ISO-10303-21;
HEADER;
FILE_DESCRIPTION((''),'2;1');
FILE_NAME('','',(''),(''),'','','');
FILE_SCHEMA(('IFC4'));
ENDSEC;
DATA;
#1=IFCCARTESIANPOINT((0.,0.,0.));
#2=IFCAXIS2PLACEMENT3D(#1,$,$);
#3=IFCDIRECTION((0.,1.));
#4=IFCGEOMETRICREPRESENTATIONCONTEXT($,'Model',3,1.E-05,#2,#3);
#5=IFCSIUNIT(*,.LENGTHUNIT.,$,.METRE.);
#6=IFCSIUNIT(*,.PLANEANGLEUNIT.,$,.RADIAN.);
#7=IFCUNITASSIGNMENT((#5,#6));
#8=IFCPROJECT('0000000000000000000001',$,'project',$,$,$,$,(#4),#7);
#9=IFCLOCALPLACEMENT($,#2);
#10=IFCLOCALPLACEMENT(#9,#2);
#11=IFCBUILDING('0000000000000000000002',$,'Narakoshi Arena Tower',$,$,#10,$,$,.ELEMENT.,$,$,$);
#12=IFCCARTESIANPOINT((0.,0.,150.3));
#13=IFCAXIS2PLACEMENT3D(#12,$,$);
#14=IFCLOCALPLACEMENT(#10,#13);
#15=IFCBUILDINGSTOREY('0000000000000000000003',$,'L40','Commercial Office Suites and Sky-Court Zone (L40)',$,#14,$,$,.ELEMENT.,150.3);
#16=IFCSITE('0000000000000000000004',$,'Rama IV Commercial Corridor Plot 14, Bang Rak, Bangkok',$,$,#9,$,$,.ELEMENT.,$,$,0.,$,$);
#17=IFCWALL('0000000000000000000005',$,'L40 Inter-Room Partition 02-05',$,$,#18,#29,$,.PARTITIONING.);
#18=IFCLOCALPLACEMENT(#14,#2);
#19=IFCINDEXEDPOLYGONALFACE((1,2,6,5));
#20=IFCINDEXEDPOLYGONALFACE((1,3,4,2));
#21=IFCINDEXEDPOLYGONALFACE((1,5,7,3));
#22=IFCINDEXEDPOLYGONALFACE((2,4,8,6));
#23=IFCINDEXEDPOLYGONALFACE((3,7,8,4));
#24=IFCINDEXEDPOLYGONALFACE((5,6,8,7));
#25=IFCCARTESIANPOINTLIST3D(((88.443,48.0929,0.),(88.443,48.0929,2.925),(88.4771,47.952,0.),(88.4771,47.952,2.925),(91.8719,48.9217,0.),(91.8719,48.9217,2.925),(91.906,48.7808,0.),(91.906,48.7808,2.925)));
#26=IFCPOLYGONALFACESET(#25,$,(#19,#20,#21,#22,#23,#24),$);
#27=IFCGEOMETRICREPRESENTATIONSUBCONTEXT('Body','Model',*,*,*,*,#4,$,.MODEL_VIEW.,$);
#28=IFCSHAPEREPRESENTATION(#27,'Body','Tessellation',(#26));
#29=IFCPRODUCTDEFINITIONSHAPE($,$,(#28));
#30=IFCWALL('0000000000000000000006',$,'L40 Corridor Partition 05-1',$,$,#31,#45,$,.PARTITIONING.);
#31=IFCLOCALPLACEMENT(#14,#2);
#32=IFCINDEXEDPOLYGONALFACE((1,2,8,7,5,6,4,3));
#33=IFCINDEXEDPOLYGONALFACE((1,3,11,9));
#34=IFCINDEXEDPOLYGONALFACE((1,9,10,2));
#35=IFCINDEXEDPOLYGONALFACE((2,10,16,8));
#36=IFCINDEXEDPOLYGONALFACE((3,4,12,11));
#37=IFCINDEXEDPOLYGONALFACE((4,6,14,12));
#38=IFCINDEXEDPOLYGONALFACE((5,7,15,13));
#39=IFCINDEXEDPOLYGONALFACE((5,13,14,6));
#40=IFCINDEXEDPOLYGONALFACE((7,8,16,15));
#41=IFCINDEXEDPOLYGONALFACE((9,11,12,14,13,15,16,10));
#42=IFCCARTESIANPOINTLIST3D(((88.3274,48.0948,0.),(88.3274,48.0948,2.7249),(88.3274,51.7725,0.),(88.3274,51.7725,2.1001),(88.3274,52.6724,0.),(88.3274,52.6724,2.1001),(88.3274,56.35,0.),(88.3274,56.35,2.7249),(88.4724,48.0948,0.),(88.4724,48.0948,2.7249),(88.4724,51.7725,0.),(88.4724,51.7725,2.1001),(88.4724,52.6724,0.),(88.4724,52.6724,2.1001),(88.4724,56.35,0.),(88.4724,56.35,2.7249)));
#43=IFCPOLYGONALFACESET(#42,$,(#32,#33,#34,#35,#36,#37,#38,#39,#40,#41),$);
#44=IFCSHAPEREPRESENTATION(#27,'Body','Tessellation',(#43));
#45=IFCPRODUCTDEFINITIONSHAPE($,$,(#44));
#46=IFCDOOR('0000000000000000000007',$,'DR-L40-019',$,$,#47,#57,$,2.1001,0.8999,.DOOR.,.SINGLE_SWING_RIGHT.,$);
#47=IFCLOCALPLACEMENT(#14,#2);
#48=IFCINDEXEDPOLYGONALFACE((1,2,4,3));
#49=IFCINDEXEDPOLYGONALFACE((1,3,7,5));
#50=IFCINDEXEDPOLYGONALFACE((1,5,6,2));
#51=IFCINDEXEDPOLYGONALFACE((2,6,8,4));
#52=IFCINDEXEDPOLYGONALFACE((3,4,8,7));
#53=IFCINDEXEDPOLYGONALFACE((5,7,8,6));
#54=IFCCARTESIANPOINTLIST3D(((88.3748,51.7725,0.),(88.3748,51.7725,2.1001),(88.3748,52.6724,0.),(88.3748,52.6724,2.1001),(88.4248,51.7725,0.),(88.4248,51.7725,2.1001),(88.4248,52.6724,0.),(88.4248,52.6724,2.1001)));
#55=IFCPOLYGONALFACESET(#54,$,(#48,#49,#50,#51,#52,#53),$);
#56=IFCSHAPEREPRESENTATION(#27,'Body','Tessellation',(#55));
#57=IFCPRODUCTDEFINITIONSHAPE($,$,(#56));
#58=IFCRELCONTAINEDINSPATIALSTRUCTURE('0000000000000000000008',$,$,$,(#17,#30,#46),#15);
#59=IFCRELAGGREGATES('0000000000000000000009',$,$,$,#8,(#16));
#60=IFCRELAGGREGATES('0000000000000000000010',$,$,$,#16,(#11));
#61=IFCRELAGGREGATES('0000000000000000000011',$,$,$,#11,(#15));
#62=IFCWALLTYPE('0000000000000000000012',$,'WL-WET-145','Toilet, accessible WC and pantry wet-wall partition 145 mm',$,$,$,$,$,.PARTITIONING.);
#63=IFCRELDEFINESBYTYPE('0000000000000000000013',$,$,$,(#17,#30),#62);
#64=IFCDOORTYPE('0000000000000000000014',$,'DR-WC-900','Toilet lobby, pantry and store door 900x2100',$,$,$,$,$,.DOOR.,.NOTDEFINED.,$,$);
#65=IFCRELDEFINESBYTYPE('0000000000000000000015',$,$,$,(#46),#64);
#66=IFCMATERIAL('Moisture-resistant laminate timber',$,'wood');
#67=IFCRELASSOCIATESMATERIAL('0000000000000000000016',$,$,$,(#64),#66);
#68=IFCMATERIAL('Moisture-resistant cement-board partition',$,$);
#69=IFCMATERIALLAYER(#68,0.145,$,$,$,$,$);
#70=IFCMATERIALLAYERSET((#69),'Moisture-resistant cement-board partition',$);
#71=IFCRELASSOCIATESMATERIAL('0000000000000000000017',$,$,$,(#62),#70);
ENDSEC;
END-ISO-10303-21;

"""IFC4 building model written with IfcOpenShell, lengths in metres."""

from ifc_helpers import new_model, si_unit, direction, frame, frame_2d, origin, place, context, subcontext, project, spatial, rectangle, extrude, material, layer, layer_set, type_object, element, fill, save


model = new_model("IFC4")

# Units and contexts
model_context = context("Model", 3, precision=1e-05, world=origin(), true_north=direction((0.0, 1.0)))
body_context = subcontext(model_context, "Body", "Model", "MODEL_VIEW")
ifc_project = project(units=[si_unit("LENGTHUNIT", "METRE"), si_unit("PLANEANGLEUNIT", "RADIAN")], contexts=[model_context])

# Site, building, storey
site_placement = place(None, origin())
site = spatial("IfcSite", under=ifc_project, at=site_placement, Name="Rama IV Commercial Corridor Plot 14, Bang Rak, Bangkok", CompositionType="ELEMENT", RefElevation=0.0)
building_placement = place(site_placement, origin())
building = spatial("IfcBuilding", under=site, at=building_placement, Name="Narakoshi Arena Tower", CompositionType="ELEMENT")
storey_placement = place(building_placement, frame((0.0, 0.0, 150.3)))
storey = spatial("IfcBuildingStorey", under=building, at=storey_placement, Name="L40", Description="Commercial Office Suites and Sky-Court Zone (L40)", CompositionType="ELEMENT", Elevation=150.3)

# Shared definitions
ifc_material_1 = material(Name="Moisture-resistant laminate timber", Category="wood")
door_type_1 = type_object("IfcDoorType", Name="DR-WC-900", Description="Toilet lobby, pantry and store door 900x2100", OperationType="NOTDEFINED", PredefinedType="DOOR", material=ifc_material_1)

# Wall
ifc_material_2 = material(Name="Moisture-resistant cement-board partition")
ifc_layer_1 = layer(ifc_material_2, 0.145)
ifc_layer_set_1 = layer_set([ifc_layer_1], Name="Moisture-resistant cement-board partition")
wall_type_1 = type_object("IfcWallType", Name="WL-WET-145", Description="Toilet, accessible WC and pantry wet-wall partition 145 mm", PredefinedType="PARTITIONING", material=ifc_layer_set_1)
wall_1_placement = place(storey_placement, frame((88.4602, 48.0225, 0.0), z_axis=(0.0, 0.0, 1.0), x_axis=(0.972006, 0.234956, 0.0)))
element("IfcWall", 1, at=wall_1_placement, inside=storey, type_object=wall_type_1, Name="L40 Inter-Room Partition 02-05", PredefinedType="PARTITIONING", context=body_context, shape_type="SweptSolid", body=[
    extrude(rectangle(XDim=3.5276, YDim=0.145, at=frame_2d((1.7637, 0.0))), origin(), (0.0, 0.0, 1.0), 2.925),
])

# Wall, opening, door
wall_2_placement = place(storey_placement, frame((88.3999, 48.095, 0.0), z_axis=(0.0, 0.0, 1.0), x_axis=(0.0, 1.0, 0.0)))
wall_2 = element("IfcWall", 2, at=wall_2_placement, inside=storey, type_object=wall_type_1, Name="L40 Corridor Partition 05-1", PredefinedType="PARTITIONING", context=body_context, shape_type="SweptSolid", body=[
    extrude(rectangle(XDim=8.2551, YDim=0.145, at=frame_2d((4.1274, 0.0))), origin(), (0.0, 0.0, 1.0), 2.7249),
])
opening_1_placement = place(wall_2_placement, frame((3.6775, 0.0, 0.0)))
opening_1 = element("IfcOpeningElement", 3, at=opening_1_placement, cuts=wall_2, PredefinedType="OPENING", context=body_context, shape_type="SweptSolid", body=[
    extrude(rectangle(XDim=0.8999, YDim=2.1001, at=frame_2d((0.45, 1.05))), frame((0.0, 0.0825, 0.0), z_axis=(0.0, -1.0, 0.0), x_axis=(1.0, 0.0, 0.0)), (0.0, 0.0, 1.0), 0.165),
])
door_1_placement = place(opening_1_placement, frame((0.8999, 0.0, 0.0), z_axis=(0.0, 0.0, 1.0), x_axis=(-1.0, 0.0, 0.0)))
door_1 = element("IfcDoor", 4, at=door_1_placement, inside=storey, type_object=door_type_1, Name="DR-L40-019", OperationType="SINGLE_SWING_RIGHT", OverallHeight=2.1001, OverallWidth=0.8999, PredefinedType="DOOR", context=body_context, shape_type="SweptSolid", body=[
    extrude(rectangle(XDim=0.8999, YDim=2.1001, at=frame_2d((0.45, 1.05))), frame((0.0, 0.0249, 0.0), z_axis=(0.0, -1.0, 0.0), x_axis=(1.0, 0.0, 0.0)), (0.0, 0.0, 1.0), 0.05),
])
fill(opening_1, door_1)

save(model, "model.ifc")
